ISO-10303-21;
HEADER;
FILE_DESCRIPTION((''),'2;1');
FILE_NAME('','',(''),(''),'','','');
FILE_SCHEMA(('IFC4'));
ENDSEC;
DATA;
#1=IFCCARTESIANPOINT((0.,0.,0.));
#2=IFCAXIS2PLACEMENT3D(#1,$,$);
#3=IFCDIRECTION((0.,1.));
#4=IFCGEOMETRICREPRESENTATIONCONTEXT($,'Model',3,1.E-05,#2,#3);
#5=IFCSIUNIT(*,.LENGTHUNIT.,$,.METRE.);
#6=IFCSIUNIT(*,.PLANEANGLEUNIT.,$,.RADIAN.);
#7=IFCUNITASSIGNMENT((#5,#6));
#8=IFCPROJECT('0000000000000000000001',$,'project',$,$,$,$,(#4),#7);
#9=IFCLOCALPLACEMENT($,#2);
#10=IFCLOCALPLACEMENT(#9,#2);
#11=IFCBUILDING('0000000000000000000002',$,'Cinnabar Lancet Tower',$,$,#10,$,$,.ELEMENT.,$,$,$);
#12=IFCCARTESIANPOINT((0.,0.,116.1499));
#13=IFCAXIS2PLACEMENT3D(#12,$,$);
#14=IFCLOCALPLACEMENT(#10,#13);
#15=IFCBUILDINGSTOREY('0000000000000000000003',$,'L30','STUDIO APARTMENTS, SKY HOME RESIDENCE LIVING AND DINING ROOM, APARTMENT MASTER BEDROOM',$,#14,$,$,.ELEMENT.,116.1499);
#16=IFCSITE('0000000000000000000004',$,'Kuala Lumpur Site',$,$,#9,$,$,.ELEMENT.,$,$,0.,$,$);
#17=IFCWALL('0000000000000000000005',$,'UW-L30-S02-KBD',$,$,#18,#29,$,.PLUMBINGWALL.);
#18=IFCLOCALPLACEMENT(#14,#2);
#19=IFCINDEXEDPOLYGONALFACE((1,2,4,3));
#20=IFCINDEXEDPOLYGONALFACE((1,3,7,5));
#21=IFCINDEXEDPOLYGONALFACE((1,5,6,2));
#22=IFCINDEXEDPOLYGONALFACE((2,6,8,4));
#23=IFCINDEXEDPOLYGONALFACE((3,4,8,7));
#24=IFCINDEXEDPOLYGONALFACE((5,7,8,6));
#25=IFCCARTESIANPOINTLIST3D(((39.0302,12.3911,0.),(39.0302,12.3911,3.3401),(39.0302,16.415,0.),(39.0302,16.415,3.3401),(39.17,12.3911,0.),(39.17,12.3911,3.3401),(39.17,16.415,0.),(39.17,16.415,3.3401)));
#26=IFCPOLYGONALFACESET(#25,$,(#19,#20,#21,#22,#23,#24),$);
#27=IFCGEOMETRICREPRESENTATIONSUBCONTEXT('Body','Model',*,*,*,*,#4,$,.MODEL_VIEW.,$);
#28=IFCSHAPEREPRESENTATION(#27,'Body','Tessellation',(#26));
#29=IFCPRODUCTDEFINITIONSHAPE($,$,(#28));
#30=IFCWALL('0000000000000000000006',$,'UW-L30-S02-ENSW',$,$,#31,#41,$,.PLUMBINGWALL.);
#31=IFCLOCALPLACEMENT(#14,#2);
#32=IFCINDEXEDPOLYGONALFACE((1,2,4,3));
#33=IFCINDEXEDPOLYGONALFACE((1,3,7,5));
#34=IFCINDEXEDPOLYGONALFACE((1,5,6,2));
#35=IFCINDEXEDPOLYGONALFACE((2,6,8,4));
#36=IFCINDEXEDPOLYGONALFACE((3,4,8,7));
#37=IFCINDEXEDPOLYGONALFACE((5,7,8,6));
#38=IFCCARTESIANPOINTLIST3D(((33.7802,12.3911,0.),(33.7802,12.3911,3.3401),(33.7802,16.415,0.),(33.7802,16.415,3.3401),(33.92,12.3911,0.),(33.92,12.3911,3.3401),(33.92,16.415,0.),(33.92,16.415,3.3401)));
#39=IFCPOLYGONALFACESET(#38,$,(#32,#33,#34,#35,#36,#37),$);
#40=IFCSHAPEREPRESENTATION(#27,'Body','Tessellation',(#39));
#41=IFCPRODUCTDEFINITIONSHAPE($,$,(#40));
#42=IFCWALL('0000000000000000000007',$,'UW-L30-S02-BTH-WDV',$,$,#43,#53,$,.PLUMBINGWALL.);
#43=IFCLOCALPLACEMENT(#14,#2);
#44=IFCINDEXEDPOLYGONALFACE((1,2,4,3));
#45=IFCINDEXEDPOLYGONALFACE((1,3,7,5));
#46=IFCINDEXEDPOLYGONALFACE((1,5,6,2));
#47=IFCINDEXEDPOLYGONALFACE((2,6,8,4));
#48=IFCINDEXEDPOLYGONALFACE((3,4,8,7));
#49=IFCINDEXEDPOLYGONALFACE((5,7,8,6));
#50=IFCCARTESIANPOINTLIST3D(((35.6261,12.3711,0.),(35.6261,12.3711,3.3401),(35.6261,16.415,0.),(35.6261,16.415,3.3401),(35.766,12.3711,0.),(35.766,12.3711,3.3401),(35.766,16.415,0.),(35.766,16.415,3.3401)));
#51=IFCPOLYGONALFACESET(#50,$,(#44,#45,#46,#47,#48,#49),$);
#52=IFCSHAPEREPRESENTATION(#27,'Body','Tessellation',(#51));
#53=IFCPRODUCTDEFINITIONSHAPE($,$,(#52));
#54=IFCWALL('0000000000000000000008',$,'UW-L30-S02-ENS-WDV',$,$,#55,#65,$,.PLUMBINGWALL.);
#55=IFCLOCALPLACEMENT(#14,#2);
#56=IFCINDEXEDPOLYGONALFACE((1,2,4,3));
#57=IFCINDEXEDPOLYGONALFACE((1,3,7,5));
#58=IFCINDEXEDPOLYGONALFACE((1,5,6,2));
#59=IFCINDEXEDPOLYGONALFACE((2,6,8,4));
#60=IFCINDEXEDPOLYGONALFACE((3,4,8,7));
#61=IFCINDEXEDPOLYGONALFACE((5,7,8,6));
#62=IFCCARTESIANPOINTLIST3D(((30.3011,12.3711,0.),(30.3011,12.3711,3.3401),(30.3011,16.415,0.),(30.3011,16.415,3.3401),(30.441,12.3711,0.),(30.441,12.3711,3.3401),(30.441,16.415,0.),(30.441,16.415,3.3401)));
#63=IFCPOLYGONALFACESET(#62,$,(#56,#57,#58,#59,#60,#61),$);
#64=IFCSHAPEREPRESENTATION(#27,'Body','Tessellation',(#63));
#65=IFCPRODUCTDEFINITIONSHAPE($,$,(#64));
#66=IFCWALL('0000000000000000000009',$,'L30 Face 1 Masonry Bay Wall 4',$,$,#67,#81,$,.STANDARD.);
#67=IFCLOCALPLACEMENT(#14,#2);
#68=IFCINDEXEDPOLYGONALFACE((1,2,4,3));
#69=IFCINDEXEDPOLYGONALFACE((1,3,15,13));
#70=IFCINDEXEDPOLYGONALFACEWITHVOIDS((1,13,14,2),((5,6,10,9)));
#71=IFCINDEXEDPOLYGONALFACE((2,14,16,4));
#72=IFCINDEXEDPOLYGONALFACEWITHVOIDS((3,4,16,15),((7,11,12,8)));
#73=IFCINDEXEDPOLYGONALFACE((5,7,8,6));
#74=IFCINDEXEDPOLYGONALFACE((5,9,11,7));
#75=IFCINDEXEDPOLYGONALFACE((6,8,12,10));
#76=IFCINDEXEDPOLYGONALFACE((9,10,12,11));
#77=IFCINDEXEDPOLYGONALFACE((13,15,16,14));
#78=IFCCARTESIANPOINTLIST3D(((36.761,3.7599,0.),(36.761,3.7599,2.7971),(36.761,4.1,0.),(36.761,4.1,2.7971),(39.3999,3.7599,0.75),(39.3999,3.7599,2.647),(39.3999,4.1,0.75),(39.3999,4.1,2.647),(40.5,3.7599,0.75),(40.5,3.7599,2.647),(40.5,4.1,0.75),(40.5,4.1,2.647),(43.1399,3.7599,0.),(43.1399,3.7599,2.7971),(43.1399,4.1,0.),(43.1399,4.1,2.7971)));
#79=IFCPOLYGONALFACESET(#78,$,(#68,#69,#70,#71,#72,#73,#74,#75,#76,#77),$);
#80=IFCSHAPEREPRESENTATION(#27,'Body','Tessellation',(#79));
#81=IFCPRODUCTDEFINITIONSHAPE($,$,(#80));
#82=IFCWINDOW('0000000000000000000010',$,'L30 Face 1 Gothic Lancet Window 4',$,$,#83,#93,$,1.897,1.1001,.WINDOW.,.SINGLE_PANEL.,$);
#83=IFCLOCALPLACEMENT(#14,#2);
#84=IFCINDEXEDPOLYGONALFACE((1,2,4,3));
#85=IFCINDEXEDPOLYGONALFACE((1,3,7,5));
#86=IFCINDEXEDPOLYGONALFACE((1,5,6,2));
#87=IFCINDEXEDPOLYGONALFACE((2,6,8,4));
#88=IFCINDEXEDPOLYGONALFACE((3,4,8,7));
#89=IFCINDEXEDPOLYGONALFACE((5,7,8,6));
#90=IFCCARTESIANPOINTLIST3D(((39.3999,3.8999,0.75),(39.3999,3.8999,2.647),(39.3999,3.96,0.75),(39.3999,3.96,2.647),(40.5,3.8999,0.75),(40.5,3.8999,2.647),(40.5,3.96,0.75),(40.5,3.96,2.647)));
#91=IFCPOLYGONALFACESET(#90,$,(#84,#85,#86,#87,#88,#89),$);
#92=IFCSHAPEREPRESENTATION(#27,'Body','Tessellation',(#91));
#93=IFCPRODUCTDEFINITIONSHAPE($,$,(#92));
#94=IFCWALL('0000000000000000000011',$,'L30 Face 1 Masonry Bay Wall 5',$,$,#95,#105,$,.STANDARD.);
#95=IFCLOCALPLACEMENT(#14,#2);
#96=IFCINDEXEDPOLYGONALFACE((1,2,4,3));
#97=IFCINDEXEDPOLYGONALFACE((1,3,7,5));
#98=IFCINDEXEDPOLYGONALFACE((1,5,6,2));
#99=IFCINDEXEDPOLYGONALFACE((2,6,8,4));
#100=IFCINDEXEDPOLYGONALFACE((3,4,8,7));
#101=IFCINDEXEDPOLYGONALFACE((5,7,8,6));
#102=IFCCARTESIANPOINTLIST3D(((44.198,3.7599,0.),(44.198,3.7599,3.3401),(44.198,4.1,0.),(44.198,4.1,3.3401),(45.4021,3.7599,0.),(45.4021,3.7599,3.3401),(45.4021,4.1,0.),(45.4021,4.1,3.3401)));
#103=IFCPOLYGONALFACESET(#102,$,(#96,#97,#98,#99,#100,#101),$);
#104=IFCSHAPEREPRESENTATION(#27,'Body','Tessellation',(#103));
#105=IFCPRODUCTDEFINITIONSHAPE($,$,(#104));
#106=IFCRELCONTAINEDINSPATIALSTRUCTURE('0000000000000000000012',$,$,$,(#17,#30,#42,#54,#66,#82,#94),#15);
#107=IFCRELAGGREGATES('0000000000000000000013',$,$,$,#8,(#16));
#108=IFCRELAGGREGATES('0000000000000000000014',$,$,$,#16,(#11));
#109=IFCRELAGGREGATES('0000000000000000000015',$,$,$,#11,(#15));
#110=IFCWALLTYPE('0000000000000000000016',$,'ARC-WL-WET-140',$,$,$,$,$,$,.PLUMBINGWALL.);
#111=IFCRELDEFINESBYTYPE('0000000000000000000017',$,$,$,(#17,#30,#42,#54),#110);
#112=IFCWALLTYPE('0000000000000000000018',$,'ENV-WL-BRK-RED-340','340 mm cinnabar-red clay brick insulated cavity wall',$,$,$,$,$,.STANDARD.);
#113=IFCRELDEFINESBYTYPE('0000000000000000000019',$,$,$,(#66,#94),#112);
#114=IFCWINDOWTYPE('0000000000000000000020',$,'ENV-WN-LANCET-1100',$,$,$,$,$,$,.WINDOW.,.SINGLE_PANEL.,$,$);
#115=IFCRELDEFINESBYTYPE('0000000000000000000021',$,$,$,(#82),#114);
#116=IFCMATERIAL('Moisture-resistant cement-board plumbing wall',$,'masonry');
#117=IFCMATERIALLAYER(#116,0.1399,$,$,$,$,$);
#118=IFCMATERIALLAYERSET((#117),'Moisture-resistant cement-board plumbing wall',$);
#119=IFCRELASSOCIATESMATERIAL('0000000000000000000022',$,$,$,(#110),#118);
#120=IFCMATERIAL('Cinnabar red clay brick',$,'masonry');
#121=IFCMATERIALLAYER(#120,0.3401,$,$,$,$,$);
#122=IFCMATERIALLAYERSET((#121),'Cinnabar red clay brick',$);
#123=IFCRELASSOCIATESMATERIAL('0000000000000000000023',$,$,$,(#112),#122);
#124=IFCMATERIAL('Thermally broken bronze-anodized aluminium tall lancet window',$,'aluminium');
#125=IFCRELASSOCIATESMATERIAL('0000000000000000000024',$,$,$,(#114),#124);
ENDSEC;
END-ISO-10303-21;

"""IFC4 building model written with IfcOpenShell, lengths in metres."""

from ifc_helpers import new_model, si_unit, direction, frame, frame_2d, origin, place, context, subcontext, project, spatial, rectangle, extrude, material, layer, layer_set, type_object, element, fill, save


model = new_model("IFC4")

# Units and contexts
model_context = context("Model", 3, precision=1e-05, world=origin(), true_north=direction((0.0, 1.0)))
body_context = subcontext(model_context, "Body", "Model", "MODEL_VIEW")
ifc_project = project(units=[si_unit("LENGTHUNIT", "METRE"), si_unit("PLANEANGLEUNIT", "RADIAN")], contexts=[model_context])

# Site, building, storey
site_placement = place(None, origin())
site = spatial("IfcSite", under=ifc_project, at=site_placement, Name="Kuala Lumpur Site", CompositionType="ELEMENT", RefElevation=0.0)
building_placement = place(site_placement, origin())
building = spatial("IfcBuilding", under=site, at=building_placement, Name="Cinnabar Lancet Tower", CompositionType="ELEMENT")
storey_placement = place(building_placement, frame((0.0, 0.0, 116.1499)))
storey = spatial("IfcBuildingStorey", under=building, at=storey_placement, Name="L30", Description="STUDIO APARTMENTS, SKY HOME RESIDENCE LIVING AND DINING ROOM, APARTMENT MASTER BEDROOM", CompositionType="ELEMENT", Elevation=116.1499)

# Shared definitions
ifc_material_1 = material(Name="Moisture-resistant cement-board plumbing wall", Category="masonry")
ifc_layer_1 = layer(ifc_material_1, 0.1399)
ifc_layer_set_1 = layer_set([ifc_layer_1], Name="Moisture-resistant cement-board plumbing wall")
wall_type_1 = type_object("IfcWallType", Name="ARC-WL-WET-140", PredefinedType="PLUMBINGWALL", material=ifc_layer_set_1)

# Walls
for number, where, z_axis, x_axis, name in (
    (1, (39.1001, 12.3911, 0.0), (0.0, 0.0, 1.0), (0.0, 1.0, 0.0), "UW-L30-S02-KBD"),
    (2, (33.8501, 12.3911, 0.0), (0.0, 0.0, 1.0), (0.0, 1.0, 0.0), "UW-L30-S02-ENSW"),
):
    element("IfcWall", number, at=place(storey_placement, frame(where, z_axis=z_axis, x_axis=x_axis)), inside=storey, type_object=wall_type_1, Name=name, PredefinedType="PLUMBINGWALL", context=body_context, shape_type="SweptSolid", body=[
        extrude(rectangle(XDim=4.0239, YDim=0.1399, at=frame_2d((2.012, 0.0))), origin(), (0.0, 0.0, 1.0), 3.3401),
    ])
for number, where, z_axis, x_axis, name in (
    (3, (35.696, 12.3711, 0.0), (0.0, 0.0, 1.0), (0.0, 1.0, 0.0), "UW-L30-S02-BTH-WDV"),
    (4, (30.3711, 12.3711, 0.0), (0.0, 0.0, 1.0), (0.0, 1.0, 0.0), "UW-L30-S02-ENS-WDV"),
):
    element("IfcWall", number, at=place(storey_placement, frame(where, z_axis=z_axis, x_axis=x_axis)), inside=storey, type_object=wall_type_1, Name=name, PredefinedType="PLUMBINGWALL", context=body_context, shape_type="SweptSolid", body=[
        extrude(rectangle(XDim=4.0439, YDim=0.1399, at=frame_2d((2.022, 0.0))), origin(), (0.0, 0.0, 1.0), 3.3401),
    ])

# Wall, opening, window
ifc_material_2 = material(Name="Cinnabar red clay brick", Category="masonry")
ifc_layer_2 = layer(ifc_material_2, 0.3401)
ifc_layer_set_2 = layer_set([ifc_layer_2], Name="Cinnabar red clay brick")
wall_type_2 = type_object("IfcWallType", Name="ENV-WL-BRK-RED-340", Description="340 mm cinnabar-red clay brick insulated cavity wall", PredefinedType="STANDARD", material=ifc_layer_set_2)
wall_1_placement = place(storey_placement, frame((36.761, 3.9299, 0.0), z_axis=(0.0, 0.0, 1.0), x_axis=(1.0, 0.0, 0.0)))
wall_1 = element("IfcWall", 5, at=wall_1_placement, inside=storey, type_object=wall_type_2, Name="L30 Face 1 Masonry Bay Wall 4", PredefinedType="STANDARD", context=body_context, shape_type="SweptSolid", body=[
    extrude(rectangle(XDim=6.3789, YDim=0.3401, at=frame_2d((3.1895, 0.0))), origin(), (0.0, 0.0, 1.0), 2.7971),
])
opening_1_placement = place(wall_1_placement, frame((2.6389, 0.0, 0.75)))
opening_1 = element("IfcOpeningElement", 6, at=opening_1_placement, cuts=wall_1, PredefinedType="OPENING", context=body_context, shape_type="SweptSolid", body=[
    extrude(rectangle(XDim=1.1001, YDim=1.897, at=frame_2d((0.55, 0.9485))), frame((0.0, 0.1799, 0.0), z_axis=(0.0, -1.0, 0.0), x_axis=(1.0, 0.0, 0.0)), (0.0, 0.0, 1.0), 0.3601),
])
ifc_material_3 = material(Name="Thermally broken bronze-anodized aluminium tall lancet window", Category="aluminium")
window_type = type_object("IfcWindowType", Name="ENV-WN-LANCET-1100", PartitioningType="SINGLE_PANEL", PredefinedType="WINDOW", material=ifc_material_3)
window_placement = place(opening_1_placement, origin())
window = element("IfcWindow", 7, at=window_placement, inside=storey, type_object=window_type, Name="L30 Face 1 Gothic Lancet Window 4", OverallHeight=1.897, OverallWidth=1.1001, PartitioningType="SINGLE_PANEL", PredefinedType="WINDOW", context=body_context, shape_type="SweptSolid", body=[
    extrude(rectangle(XDim=1.1001, YDim=1.897, at=frame_2d((0.55, 0.9485))), frame((0.0, 0.03, 0.0), z_axis=(0.0, -1.0, 0.0), x_axis=(1.0, 0.0, 0.0)), (0.0, 0.0, 1.0), 0.0601),
])
fill(opening_1, window)

# Wall
wall_2_placement = place(storey_placement, frame((44.198, 3.9299, 0.0), z_axis=(0.0, 0.0, 1.0), x_axis=(1.0, 0.0, 0.0)))
element("IfcWall", 8, at=wall_2_placement, inside=storey, type_object=wall_type_2, Name="L30 Face 1 Masonry Bay Wall 5", PredefinedType="STANDARD", context=body_context, shape_type="SweptSolid", body=[
    extrude(rectangle(XDim=1.2041, YDim=0.3401, at=frame_2d((0.6021, 0.0))), origin(), (0.0, 0.0, 1.0), 3.3401),
])

save(model, "model.ifc")
